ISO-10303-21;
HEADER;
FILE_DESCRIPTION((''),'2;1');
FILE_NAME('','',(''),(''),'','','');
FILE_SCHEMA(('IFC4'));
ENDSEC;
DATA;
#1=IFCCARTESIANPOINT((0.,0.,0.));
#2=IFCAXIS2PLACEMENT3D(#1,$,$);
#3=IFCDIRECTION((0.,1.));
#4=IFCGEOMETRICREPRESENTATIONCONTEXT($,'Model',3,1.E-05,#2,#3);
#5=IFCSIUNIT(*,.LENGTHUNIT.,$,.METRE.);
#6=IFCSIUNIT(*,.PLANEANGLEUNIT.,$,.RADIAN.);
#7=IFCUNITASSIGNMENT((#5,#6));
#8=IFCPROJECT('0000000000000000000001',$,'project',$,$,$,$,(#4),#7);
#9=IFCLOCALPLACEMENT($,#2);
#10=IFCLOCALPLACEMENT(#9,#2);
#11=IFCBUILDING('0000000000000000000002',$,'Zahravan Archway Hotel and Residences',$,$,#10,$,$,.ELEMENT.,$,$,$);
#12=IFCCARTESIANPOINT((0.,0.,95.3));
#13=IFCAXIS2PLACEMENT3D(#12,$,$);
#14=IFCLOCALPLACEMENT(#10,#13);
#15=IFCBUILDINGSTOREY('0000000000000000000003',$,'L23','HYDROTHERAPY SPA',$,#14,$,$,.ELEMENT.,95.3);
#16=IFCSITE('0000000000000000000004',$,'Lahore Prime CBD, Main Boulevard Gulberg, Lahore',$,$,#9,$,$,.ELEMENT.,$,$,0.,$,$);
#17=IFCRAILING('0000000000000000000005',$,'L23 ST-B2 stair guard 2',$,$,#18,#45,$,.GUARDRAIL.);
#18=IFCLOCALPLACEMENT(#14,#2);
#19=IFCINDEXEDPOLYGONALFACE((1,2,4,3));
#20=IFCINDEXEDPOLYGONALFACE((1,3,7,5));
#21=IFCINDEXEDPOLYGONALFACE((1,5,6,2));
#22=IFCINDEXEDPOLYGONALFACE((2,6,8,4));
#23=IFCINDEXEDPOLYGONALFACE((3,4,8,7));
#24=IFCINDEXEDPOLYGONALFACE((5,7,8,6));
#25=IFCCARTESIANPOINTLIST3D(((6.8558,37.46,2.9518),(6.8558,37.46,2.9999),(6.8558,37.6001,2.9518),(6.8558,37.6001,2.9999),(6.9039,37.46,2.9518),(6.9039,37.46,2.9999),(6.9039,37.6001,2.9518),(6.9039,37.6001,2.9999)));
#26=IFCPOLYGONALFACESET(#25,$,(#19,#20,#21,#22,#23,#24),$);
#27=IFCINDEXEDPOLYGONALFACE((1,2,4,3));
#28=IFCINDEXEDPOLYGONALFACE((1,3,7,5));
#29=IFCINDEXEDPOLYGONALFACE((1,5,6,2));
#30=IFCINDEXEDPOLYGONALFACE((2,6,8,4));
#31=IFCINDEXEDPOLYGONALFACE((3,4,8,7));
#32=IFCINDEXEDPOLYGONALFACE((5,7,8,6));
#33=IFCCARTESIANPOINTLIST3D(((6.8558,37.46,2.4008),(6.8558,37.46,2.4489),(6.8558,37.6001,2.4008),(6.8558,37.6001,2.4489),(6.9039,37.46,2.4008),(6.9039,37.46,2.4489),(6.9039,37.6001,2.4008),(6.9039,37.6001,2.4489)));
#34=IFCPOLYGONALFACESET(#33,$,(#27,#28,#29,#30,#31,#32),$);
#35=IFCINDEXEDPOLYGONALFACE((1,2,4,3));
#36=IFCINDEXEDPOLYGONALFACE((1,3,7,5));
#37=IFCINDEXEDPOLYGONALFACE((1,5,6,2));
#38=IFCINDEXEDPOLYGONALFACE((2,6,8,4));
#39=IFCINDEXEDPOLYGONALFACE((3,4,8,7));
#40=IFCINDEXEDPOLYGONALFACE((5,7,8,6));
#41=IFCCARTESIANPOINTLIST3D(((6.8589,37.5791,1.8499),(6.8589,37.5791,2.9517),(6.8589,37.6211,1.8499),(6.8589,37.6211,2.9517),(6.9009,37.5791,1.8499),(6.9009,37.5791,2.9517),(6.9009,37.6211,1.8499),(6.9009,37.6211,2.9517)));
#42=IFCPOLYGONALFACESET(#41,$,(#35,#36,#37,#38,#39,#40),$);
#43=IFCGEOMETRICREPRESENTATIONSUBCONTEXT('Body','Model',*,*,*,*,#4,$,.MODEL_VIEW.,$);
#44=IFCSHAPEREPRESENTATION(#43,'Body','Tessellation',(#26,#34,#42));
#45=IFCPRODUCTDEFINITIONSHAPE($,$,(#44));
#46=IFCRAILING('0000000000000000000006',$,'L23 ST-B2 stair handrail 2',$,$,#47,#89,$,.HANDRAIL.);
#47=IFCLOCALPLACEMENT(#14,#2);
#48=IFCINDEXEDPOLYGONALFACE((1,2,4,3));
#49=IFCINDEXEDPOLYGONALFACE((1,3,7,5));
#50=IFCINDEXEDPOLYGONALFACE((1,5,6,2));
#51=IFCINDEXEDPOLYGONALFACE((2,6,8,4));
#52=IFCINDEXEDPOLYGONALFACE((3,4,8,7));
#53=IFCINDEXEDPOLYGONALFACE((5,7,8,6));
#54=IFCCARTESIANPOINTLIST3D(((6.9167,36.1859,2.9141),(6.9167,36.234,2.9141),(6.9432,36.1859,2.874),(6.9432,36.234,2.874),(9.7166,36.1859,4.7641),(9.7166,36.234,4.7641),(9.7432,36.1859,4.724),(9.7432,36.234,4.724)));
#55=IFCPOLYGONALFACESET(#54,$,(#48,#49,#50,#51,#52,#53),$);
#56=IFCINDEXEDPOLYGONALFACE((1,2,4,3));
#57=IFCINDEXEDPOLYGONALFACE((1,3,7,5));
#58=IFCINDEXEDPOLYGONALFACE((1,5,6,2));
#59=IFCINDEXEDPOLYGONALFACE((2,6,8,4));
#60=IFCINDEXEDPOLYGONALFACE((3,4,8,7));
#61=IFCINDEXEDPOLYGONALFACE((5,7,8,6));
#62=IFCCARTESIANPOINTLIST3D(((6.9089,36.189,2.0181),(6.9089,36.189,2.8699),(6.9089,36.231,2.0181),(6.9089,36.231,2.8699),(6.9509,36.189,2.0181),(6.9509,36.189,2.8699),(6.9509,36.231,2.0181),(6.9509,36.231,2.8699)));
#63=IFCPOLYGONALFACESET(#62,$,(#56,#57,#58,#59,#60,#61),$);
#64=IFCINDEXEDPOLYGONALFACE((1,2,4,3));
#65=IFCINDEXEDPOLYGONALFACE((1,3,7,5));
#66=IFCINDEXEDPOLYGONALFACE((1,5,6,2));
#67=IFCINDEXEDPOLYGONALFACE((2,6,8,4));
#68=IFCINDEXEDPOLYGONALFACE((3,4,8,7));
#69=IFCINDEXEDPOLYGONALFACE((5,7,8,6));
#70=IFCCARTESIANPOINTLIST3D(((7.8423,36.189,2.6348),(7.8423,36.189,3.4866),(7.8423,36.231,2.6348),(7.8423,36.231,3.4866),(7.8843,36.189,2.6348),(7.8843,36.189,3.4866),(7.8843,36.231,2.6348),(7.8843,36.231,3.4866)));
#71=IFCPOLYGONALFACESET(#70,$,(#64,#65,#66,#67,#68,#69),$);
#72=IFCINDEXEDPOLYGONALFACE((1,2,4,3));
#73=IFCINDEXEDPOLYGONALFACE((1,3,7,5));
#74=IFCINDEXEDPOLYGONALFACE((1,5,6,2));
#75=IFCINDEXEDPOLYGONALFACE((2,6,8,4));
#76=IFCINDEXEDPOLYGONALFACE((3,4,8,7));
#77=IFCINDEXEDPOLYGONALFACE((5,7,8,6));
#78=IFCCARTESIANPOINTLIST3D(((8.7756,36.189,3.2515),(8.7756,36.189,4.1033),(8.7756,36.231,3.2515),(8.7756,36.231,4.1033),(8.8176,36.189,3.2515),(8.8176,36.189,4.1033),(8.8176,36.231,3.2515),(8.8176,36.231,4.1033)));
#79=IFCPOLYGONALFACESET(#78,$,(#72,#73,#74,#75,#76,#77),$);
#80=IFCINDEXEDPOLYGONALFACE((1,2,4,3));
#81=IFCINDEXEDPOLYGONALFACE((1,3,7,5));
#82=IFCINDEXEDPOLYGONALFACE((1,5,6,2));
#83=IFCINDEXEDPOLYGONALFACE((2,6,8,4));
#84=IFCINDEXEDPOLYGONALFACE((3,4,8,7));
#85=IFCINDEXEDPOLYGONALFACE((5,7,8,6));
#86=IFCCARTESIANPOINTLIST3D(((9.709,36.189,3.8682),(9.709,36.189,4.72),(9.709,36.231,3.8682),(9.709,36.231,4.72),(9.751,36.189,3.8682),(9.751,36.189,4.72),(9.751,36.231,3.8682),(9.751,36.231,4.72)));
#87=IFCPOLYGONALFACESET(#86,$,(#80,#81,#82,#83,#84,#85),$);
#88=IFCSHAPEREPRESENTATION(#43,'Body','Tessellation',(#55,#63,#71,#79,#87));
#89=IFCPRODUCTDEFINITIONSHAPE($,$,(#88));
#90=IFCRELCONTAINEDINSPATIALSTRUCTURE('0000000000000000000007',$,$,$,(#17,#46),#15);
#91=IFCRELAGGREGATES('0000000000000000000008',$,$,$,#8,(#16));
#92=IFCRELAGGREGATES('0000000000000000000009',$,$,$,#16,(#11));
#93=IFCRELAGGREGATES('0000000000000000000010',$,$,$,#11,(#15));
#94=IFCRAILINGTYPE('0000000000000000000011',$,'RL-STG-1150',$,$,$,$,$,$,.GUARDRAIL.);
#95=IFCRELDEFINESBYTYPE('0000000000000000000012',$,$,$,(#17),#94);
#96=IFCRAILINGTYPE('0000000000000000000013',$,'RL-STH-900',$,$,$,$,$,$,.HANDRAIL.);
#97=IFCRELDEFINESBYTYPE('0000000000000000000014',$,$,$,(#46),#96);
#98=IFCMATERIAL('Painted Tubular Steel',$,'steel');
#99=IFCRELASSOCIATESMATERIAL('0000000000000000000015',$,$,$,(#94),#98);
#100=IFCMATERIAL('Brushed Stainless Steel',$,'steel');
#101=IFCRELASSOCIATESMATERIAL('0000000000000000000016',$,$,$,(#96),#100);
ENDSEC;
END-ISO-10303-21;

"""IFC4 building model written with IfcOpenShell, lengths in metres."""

from ifc_helpers import new_model, si_unit, direction, frame, origin, origin_2d, place, context, subcontext, project, spatial, rectangle, extrude, material, type_object, element, save


model = new_model("IFC4")

# Units and contexts
model_context = context("Model", 3, precision=1e-05, world=origin(), true_north=direction((0.0, 1.0)))
body_context = subcontext(model_context, "Body", "Model", "MODEL_VIEW")
ifc_project = project(units=[si_unit("LENGTHUNIT", "METRE"), si_unit("PLANEANGLEUNIT", "RADIAN")], contexts=[model_context])

# Site, building, storey
site_placement = place(None, origin())
site = spatial("IfcSite", under=ifc_project, at=site_placement, Name="Lahore Prime CBD, Main Boulevard Gulberg, Lahore", CompositionType="ELEMENT", RefElevation=0.0)
building_placement = place(site_placement, origin())
building = spatial("IfcBuilding", under=site, at=building_placement, Name="Zahravan Archway Hotel and Residences", CompositionType="ELEMENT")
storey_placement = place(building_placement, frame((0.0, 0.0, 95.3)))
storey = spatial("IfcBuildingStorey", under=building, at=storey_placement, Name="L23", Description="HYDROTHERAPY SPA", CompositionType="ELEMENT", Elevation=95.3)

# Railings
ifc_material_1 = material(Name="Painted Tubular Steel", Category="steel")
railing_type_1 = type_object("IfcRailingType", Name="RL-STG-1150", PredefinedType="GUARDRAIL", material=ifc_material_1)
railing_1_placement = place(storey_placement, frame((6.8799, 37.6001, 1.8499)))
element("IfcRailing", 1, at=railing_1_placement, inside=storey, type_object=railing_type_1, Name="L23 ST-B2 stair guard 2", PredefinedType="GUARDRAIL", context=body_context, shape_type="SweptSolid", body=[
    extrude(rectangle(XDim=0.0481, YDim=0.0481, at=origin_2d()), frame((0.0, 0.0, 1.126), z_axis=(0.0, -1.0, 0.0), x_axis=(1.0, 0.0, 0.0)), (0.0, 0.0, 1.0), 0.1401),
    extrude(rectangle(XDim=0.0481, YDim=0.0481, at=origin_2d()), frame((0.0, 0.0, 0.575), z_axis=(0.0, -1.0, 0.0), x_axis=(1.0, 0.0, 0.0)), (0.0, 0.0, 1.0), 0.1401),
    extrude(rectangle(XDim=0.042, YDim=0.042, at=origin_2d()), origin(), (0.0, 0.0, 1.0), 1.1018),
])
ifc_material_2 = material(Name="Brushed Stainless Steel", Category="steel")
railing_type_2 = type_object("IfcRailingType", Name="RL-STH-900", PredefinedType="HANDRAIL", material=ifc_material_2)
railing_2_placement = place(storey_placement, frame((6.9299, 36.21, 2.0181)))
element("IfcRailing", 2, at=railing_2_placement, inside=storey, type_object=railing_type_2, Name="L23 ST-B2 stair handrail 2", PredefinedType="HANDRAIL", context=body_context, shape_type="SweptSolid", body=[
    extrude(rectangle(XDim=0.0481, YDim=0.0481, at=origin_2d()), frame((0.0, 0.0, 0.876), z_axis=(0.834326, 0.0, 0.551271), x_axis=(0.0, 1.0, 0.0)), (0.0, 0.0, 1.0), 3.356),
    extrude(rectangle(XDim=0.042, YDim=0.042, at=origin_2d()), origin(), (0.0, 0.0, 1.0), 0.8518),
    extrude(rectangle(XDim=0.042, YDim=0.042, at=origin_2d()), frame((0.9333, 0.0, 0.6167)), (0.0, 0.0, 1.0), 0.8518),
    extrude(rectangle(XDim=0.042, YDim=0.042, at=origin_2d()), frame((1.8667, 0.0, 1.2334)), (0.0, 0.0, 1.0), 0.8518),
    extrude(rectangle(XDim=0.042, YDim=0.042, at=origin_2d()), frame((2.8, 0.0, 1.8501)), (0.0, 0.0, 1.0), 0.8518),
])

save(model, "model.ifc")
